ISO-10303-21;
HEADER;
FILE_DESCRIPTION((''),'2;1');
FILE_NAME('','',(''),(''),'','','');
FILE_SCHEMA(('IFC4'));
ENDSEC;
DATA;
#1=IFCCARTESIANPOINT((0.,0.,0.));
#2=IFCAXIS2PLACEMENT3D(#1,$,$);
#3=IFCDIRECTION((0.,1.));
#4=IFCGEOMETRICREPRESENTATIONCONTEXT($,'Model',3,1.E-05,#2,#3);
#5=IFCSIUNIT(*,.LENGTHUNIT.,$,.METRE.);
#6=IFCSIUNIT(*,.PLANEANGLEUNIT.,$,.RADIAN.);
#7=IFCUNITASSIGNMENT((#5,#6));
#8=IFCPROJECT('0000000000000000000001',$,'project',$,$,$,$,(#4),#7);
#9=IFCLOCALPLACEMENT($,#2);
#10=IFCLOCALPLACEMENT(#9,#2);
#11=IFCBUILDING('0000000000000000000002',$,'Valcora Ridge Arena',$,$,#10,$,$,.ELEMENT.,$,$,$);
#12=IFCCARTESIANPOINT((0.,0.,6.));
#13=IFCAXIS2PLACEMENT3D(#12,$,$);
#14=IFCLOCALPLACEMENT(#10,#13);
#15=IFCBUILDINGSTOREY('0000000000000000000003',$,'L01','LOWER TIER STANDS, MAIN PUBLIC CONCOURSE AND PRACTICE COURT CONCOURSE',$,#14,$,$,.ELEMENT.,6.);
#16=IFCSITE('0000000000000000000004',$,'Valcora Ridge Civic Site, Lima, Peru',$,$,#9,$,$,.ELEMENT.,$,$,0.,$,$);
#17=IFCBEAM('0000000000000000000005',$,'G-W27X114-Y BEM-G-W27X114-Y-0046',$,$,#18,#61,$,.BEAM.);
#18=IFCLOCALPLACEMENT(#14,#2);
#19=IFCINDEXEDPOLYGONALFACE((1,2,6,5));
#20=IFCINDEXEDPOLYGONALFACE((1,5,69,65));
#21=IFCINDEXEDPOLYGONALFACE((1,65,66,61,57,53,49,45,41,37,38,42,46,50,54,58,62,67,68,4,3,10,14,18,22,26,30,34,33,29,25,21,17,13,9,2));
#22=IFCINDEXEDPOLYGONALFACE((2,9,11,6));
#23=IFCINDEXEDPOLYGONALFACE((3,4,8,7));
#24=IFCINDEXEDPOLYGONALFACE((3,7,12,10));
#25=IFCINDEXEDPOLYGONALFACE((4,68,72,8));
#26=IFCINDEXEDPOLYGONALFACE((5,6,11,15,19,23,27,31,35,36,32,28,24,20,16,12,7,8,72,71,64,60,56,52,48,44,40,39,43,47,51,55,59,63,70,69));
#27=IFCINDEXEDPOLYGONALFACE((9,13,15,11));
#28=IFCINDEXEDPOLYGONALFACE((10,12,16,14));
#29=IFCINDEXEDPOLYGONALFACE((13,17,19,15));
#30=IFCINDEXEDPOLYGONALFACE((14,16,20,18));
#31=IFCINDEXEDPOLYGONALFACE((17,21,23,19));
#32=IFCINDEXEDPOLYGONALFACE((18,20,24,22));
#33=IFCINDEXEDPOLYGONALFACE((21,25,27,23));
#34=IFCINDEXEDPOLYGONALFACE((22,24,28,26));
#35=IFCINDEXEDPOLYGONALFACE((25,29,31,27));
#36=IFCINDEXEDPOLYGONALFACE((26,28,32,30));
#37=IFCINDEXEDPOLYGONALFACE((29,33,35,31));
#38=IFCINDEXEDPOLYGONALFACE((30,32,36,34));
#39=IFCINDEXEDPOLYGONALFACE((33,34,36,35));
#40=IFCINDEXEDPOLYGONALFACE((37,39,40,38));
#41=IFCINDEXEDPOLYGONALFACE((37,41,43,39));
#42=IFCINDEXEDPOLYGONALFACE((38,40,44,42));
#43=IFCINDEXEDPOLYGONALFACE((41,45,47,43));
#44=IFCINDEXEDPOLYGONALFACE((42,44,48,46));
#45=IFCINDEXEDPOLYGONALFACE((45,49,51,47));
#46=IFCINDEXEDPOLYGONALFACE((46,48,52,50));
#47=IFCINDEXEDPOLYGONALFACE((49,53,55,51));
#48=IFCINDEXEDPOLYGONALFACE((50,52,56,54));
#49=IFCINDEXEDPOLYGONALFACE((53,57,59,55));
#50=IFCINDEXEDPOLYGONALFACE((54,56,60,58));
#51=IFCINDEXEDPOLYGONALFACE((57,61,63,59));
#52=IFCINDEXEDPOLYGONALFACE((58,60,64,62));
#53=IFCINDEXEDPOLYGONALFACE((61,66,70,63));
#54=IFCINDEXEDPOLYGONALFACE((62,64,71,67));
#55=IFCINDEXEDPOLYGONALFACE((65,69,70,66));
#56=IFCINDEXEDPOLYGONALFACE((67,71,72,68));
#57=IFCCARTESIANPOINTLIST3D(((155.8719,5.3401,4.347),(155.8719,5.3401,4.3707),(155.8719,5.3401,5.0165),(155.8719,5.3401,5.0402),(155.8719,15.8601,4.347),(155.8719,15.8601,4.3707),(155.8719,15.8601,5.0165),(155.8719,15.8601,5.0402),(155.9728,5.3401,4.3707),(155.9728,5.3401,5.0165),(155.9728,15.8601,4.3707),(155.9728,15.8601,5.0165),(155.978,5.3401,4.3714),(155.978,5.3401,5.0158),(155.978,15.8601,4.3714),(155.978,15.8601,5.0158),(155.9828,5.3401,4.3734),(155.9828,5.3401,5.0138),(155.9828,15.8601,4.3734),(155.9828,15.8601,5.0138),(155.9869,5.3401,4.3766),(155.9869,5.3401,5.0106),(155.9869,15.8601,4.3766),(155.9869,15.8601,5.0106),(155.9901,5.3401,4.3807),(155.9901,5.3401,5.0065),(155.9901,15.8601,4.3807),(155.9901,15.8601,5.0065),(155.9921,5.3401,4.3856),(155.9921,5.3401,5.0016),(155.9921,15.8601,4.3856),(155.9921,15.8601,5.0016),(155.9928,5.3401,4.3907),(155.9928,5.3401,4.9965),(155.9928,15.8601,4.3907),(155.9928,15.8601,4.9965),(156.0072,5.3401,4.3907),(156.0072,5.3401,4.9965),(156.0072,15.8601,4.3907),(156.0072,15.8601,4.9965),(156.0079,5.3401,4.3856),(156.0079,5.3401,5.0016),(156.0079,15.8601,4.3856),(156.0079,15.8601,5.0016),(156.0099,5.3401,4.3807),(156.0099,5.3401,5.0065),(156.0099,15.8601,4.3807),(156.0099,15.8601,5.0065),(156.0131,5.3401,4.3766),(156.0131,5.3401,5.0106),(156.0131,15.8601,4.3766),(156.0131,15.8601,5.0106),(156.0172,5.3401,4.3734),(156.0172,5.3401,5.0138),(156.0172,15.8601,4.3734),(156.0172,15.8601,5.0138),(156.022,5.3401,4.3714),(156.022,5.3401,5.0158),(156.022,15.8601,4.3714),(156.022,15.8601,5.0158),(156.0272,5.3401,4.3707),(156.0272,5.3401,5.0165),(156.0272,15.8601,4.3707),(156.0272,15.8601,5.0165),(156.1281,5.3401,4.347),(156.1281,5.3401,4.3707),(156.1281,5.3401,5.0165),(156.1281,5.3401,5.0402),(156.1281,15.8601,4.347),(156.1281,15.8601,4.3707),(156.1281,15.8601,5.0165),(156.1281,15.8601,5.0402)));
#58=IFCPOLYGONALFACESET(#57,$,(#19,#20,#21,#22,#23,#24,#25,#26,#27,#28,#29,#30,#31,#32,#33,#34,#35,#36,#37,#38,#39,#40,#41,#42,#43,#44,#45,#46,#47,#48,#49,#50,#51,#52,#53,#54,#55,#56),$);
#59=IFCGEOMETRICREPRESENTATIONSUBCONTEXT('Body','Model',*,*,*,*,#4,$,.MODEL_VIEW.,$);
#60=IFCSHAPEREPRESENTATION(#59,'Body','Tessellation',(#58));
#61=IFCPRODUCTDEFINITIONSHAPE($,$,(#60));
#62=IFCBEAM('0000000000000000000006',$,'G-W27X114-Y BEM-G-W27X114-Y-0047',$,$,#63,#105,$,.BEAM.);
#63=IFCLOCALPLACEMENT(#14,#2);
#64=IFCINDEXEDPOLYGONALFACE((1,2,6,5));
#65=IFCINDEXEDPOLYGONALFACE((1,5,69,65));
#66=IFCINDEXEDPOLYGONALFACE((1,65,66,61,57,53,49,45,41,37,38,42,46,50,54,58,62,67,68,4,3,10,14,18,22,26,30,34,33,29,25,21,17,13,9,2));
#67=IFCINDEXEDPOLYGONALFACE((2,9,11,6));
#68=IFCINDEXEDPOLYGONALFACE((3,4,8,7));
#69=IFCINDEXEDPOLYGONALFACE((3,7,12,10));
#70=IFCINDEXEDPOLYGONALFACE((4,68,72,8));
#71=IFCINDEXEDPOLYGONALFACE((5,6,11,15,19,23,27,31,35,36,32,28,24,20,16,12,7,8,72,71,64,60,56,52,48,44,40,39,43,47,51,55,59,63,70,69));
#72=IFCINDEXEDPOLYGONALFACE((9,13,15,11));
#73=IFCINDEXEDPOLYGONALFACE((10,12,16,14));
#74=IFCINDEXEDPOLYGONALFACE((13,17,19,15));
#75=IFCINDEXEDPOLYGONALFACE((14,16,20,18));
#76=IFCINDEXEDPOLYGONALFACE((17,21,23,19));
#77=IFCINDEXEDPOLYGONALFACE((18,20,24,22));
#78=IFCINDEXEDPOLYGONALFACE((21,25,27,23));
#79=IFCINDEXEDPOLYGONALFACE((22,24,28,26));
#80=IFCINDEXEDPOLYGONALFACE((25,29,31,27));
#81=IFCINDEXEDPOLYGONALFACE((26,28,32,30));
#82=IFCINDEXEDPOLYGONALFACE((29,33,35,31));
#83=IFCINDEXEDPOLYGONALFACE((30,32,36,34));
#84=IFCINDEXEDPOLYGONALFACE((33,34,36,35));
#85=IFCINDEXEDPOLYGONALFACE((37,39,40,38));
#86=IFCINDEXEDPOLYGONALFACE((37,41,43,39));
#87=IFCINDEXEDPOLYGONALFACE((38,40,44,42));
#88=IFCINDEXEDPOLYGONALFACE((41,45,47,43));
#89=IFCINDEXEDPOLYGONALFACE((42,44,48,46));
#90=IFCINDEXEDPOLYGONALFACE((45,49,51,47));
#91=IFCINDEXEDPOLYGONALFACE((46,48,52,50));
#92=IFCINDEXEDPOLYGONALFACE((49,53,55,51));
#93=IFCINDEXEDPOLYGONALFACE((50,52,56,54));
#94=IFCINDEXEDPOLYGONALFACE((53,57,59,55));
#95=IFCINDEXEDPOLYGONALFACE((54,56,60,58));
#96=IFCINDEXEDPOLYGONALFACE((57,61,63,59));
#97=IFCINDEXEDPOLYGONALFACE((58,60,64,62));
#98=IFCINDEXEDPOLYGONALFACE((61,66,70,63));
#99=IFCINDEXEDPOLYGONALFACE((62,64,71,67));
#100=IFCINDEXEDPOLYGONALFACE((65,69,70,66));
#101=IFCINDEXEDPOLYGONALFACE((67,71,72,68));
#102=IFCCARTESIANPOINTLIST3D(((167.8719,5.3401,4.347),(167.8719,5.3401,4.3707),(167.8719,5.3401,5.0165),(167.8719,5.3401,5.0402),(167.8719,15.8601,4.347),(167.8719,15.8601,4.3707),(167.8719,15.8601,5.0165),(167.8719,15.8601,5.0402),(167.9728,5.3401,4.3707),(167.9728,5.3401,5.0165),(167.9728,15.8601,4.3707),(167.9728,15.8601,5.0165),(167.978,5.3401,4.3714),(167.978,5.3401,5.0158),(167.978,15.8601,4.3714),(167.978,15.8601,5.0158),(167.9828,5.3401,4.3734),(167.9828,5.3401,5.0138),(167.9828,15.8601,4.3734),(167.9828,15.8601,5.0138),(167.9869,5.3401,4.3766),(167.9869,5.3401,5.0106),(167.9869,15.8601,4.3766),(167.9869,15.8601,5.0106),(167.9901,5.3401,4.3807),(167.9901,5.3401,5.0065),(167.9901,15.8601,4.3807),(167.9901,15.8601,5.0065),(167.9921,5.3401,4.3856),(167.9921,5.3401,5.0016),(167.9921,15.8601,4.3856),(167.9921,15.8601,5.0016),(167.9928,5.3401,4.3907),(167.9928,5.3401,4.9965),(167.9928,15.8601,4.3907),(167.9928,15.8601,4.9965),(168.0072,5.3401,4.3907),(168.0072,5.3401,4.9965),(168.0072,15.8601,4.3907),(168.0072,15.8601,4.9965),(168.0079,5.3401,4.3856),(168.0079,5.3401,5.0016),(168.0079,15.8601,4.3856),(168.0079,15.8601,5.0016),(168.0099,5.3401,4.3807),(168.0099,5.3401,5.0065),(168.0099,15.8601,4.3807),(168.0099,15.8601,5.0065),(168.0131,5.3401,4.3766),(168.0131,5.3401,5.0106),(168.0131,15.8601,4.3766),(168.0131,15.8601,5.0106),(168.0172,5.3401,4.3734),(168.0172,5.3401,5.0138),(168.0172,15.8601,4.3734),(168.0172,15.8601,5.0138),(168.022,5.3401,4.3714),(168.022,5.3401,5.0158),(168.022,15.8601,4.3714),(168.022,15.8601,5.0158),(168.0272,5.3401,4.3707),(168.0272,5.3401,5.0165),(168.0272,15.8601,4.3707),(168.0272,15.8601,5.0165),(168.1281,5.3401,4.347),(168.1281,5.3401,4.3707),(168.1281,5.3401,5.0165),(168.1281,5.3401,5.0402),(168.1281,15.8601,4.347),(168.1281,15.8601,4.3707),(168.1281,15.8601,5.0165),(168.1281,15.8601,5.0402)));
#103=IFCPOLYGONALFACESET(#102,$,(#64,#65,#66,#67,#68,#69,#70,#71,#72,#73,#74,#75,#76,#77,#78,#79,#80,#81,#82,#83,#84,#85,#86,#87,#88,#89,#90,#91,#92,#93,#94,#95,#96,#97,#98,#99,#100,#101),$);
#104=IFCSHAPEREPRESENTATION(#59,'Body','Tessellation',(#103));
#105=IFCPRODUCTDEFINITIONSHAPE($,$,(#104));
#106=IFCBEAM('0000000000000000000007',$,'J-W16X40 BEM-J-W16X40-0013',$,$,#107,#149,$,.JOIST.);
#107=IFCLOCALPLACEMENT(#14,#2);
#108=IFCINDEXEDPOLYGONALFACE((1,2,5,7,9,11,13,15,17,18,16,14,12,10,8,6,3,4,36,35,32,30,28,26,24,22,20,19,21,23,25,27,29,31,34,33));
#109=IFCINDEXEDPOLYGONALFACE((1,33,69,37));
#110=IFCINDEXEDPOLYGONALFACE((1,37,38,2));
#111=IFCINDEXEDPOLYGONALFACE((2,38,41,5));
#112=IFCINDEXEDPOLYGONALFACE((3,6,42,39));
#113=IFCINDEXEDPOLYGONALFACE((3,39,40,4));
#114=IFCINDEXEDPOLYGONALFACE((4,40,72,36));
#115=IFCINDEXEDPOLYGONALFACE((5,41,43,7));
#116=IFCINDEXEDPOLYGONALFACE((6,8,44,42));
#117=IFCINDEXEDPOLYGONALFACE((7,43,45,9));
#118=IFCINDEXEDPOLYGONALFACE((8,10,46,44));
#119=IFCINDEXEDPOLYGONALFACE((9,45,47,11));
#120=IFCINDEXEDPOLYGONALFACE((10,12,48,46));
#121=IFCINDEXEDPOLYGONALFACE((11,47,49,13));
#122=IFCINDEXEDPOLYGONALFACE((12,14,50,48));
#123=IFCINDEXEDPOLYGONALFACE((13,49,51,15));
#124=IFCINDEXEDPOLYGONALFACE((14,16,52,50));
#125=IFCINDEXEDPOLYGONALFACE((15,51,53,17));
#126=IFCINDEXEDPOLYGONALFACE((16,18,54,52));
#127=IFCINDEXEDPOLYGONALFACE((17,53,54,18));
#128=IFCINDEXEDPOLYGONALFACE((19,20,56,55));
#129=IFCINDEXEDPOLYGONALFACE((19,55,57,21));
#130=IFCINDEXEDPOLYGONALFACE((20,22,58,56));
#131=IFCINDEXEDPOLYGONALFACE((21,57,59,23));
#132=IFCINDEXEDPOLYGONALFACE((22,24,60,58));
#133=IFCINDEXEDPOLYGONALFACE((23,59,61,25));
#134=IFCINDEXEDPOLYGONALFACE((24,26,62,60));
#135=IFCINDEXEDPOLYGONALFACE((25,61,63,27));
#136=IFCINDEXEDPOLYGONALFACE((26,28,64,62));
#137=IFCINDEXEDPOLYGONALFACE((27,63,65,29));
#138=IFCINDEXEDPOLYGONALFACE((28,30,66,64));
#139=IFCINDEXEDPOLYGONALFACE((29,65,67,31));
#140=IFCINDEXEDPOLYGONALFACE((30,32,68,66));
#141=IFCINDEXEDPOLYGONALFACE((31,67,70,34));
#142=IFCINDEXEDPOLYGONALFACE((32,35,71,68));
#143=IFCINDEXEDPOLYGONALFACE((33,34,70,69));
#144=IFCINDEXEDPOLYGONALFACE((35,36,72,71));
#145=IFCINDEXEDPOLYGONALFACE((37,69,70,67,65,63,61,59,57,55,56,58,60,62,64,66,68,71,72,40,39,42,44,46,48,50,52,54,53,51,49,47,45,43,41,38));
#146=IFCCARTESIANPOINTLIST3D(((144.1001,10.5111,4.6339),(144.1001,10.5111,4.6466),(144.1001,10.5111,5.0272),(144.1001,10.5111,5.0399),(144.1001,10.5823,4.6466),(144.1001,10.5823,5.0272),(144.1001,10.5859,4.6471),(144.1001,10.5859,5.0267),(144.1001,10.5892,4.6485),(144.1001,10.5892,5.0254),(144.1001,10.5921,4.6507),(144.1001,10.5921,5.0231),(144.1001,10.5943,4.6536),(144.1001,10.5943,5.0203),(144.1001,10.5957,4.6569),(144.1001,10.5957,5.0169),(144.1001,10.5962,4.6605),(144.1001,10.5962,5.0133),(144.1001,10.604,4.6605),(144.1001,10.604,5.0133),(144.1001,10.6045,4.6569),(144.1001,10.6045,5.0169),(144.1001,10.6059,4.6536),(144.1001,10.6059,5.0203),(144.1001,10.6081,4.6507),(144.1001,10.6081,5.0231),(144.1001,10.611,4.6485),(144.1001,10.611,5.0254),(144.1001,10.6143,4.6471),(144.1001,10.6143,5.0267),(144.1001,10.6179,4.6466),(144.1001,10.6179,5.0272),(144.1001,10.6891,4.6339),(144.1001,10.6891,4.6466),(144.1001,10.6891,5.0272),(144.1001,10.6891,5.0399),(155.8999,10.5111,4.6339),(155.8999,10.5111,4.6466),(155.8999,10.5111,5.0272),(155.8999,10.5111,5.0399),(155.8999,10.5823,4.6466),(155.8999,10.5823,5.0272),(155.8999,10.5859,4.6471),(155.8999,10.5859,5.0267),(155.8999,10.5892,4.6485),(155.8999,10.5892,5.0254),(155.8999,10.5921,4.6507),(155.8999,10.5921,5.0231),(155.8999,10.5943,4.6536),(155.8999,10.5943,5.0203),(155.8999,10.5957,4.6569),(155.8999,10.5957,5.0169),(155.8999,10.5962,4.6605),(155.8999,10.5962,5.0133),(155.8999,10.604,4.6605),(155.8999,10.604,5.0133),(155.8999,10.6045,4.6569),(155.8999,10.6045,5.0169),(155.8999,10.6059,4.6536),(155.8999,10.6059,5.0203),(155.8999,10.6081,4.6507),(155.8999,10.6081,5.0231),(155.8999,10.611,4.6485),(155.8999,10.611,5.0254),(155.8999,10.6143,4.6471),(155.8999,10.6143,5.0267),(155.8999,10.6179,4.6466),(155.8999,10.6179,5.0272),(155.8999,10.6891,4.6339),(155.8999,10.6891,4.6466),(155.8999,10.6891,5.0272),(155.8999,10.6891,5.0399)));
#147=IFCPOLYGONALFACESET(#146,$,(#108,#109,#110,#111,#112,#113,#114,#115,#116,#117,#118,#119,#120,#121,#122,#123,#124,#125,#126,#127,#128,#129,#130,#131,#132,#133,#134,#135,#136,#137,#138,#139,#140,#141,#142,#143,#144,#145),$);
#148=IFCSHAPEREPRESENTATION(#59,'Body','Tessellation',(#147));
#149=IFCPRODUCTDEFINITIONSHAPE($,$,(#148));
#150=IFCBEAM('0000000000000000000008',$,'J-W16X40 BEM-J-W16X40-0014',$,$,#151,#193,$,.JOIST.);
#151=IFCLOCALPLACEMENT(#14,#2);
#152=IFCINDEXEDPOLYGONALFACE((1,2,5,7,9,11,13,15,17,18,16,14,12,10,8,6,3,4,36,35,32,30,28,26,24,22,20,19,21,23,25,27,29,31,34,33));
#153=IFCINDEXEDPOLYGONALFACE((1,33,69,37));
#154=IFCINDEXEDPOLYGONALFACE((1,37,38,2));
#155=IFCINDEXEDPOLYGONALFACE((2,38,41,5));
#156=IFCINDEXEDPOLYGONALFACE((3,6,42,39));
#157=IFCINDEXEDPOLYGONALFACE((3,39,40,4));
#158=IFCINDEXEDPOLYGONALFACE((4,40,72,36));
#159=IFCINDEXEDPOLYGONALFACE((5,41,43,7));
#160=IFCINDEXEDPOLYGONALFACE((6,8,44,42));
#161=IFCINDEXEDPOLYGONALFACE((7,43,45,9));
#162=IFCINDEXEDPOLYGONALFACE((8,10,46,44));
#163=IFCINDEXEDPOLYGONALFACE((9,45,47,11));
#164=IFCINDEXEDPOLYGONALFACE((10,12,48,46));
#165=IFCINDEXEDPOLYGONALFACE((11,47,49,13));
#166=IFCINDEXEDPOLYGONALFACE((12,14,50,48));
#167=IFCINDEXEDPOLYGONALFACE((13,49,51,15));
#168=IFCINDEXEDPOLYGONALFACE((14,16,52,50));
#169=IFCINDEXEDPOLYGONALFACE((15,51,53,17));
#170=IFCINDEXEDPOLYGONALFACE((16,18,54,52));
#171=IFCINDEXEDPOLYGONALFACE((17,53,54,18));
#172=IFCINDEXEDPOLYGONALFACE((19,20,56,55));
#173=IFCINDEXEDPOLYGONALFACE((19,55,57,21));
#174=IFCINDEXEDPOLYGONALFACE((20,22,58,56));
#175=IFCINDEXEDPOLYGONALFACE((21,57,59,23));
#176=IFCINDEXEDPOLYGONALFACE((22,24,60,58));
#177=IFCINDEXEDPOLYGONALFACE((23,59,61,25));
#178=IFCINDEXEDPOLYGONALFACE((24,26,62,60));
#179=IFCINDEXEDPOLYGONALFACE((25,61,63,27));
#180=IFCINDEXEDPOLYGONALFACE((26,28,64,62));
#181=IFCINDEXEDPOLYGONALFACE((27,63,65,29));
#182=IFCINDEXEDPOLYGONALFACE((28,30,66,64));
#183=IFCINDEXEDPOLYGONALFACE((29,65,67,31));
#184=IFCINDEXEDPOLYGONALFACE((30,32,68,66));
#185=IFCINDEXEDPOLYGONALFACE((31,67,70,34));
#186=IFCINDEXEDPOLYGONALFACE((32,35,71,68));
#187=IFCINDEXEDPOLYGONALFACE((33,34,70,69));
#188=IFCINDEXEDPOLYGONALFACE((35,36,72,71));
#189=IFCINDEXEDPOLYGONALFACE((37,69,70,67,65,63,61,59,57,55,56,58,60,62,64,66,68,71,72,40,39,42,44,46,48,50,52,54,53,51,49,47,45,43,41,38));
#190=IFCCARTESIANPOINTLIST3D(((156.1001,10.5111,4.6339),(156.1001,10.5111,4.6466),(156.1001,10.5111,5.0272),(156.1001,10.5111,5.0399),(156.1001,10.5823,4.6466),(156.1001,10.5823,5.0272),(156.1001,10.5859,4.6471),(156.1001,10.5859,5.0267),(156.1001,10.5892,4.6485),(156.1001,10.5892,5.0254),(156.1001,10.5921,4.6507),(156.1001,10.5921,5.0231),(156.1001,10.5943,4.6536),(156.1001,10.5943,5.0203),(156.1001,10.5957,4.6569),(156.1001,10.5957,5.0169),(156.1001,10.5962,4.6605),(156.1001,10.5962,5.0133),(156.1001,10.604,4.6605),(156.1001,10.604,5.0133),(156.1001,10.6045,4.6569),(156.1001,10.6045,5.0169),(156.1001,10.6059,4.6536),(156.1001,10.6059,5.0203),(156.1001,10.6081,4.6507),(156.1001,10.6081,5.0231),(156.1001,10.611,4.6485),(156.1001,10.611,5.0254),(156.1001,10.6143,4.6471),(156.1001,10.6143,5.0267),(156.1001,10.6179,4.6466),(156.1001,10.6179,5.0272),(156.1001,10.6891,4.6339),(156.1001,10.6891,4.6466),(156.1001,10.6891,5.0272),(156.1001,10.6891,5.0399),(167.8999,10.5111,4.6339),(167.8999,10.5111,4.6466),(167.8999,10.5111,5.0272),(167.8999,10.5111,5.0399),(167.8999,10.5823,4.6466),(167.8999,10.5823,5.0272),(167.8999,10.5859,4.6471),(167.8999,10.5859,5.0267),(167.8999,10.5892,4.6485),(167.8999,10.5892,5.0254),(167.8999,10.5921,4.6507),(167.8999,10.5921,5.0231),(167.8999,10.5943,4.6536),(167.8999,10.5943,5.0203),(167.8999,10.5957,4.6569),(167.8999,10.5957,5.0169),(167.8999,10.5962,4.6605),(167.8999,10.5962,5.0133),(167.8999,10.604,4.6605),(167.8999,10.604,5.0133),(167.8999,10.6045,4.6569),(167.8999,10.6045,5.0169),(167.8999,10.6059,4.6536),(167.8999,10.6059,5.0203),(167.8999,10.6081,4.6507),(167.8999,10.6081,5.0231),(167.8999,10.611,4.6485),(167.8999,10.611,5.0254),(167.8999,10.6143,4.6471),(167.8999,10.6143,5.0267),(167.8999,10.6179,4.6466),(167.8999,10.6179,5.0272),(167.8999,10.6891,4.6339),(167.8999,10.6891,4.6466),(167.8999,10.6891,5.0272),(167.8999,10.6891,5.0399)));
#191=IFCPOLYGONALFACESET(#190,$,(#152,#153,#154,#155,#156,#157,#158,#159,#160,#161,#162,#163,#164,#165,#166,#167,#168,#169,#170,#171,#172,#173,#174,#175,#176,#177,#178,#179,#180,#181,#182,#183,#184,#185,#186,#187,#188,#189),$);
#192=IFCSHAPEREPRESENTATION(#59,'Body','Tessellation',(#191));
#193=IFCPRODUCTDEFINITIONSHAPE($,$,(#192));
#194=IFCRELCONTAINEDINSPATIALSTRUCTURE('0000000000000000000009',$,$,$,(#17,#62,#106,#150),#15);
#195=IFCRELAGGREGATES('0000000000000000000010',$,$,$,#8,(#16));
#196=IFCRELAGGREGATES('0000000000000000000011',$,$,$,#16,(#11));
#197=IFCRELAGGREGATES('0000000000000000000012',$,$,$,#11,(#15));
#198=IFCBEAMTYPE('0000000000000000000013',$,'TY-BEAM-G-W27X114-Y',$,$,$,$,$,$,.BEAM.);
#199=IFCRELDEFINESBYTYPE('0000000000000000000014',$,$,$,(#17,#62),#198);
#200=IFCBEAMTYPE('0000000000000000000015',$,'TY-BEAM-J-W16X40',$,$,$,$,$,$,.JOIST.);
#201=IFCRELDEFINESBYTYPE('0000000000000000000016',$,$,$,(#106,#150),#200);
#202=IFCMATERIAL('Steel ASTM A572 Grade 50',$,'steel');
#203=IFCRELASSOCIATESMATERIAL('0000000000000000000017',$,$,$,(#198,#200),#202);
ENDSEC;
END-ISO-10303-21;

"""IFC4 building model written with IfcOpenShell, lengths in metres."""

from ifc_helpers import new_model, si_unit, direction, frame, origin, origin_2d, place, context, subcontext, project, spatial, i_section, extrude, material, material_profile, profile_set, type_object, element, save


model = new_model("IFC4")

# Units and contexts
model_context = context("Model", 3, precision=1e-05, world=origin(), true_north=direction((0.0, 1.0)))
body_context = subcontext(model_context, "Body", "Model", "MODEL_VIEW")
ifc_project = project(units=[si_unit("LENGTHUNIT", "METRE"), si_unit("PLANEANGLEUNIT", "RADIAN")], contexts=[model_context])

# Site, building, storey
site_placement = place(None, origin())
site = spatial("IfcSite", under=ifc_project, at=site_placement, Name="Valcora Ridge Civic Site, Lima, Peru", CompositionType="ELEMENT", RefElevation=0.0)
building_placement = place(site_placement, origin())
building = spatial("IfcBuilding", under=site, at=building_placement, Name="Valcora Ridge Arena", CompositionType="ELEMENT")
storey_placement = place(building_placement, frame((0.0, 0.0, 6.0)))
storey = spatial("IfcBuildingStorey", under=building, at=storey_placement, Name="L01", Description="LOWER TIER STANDS, MAIN PUBLIC CONCOURSE AND PRACTICE COURT CONCOURSE", CompositionType="ELEMENT", Elevation=6.0)

# Shared definitions
ifc_material_1 = material(Name="Steel ASTM A572 Grade 50", Category="steel")

# Beams
ifc_material_profile_1 = material_profile(ifc_material_1, i_section(OverallWidth=0.2561, OverallDepth=0.6931, WebThickness=0.0144, FlangeThickness=0.0237, FilletRadius=0.02, at=origin_2d()), Name="W27X114")
ifc_profile_set_1 = profile_set([ifc_material_profile_1], Name="Steel ASTM A572 Grade 50")
beam_type_1 = type_object("IfcBeamType", Name="TY-BEAM-G-W27X114-Y", PredefinedType="BEAM", material=ifc_profile_set_1)
for number, where, z_axis, x_axis, name in (
    (1, (156.0, 5.3401, 4.6936), (0.0, 1.0, 0.0), (-1.0, 0.0, 0.0), "G-W27X114-Y BEM-G-W27X114-Y-0046"),
    (2, (168.0, 5.3401, 4.6936), (0.0, 1.0, 0.0), (-1.0, 0.0, 0.0), "G-W27X114-Y BEM-G-W27X114-Y-0047"),
):
    element("IfcBeam", number, at=place(storey_placement, frame(where, z_axis=z_axis, x_axis=x_axis)), inside=storey, type_object=beam_type_1, Name=name, PredefinedType="BEAM", context=body_context, shape_type="SweptSolid", body=[
        extrude(i_section(OverallWidth=0.2561, OverallDepth=0.6931, WebThickness=0.0144, FlangeThickness=0.0237, FilletRadius=0.02, at=origin_2d()), origin(), (0.0, 0.0, 1.0), 10.52),
    ])
ifc_material_profile_2 = material_profile(ifc_material_1, i_section(OverallWidth=0.178, OverallDepth=0.406, WebThickness=0.0078, FlangeThickness=0.0127, FilletRadius=0.0139, at=origin_2d()), Name="W16X40")
ifc_profile_set_2 = profile_set([ifc_material_profile_2], Name="Steel ASTM A572 Grade 50")
beam_type_2 = type_object("IfcBeamType", Name="TY-BEAM-J-W16X40", PredefinedType="JOIST", material=ifc_profile_set_2)
for number, where, z_axis, x_axis, name in (
    (3, (144.1001, 10.6001, 4.8369), (1.0, 0.0, 0.0), (0.0, 1.0, 0.0), "J-W16X40 BEM-J-W16X40-0013"),
    (4, (156.1001, 10.6001, 4.8369), (1.0, 0.0, 0.0), (0.0, 1.0, 0.0), "J-W16X40 BEM-J-W16X40-0014"),
):
    element("IfcBeam", number, at=place(storey_placement, frame(where, z_axis=z_axis, x_axis=x_axis)), inside=storey, type_object=beam_type_2, Name=name, PredefinedType="JOIST", context=body_context, shape_type="SweptSolid", body=[
        extrude(i_section(OverallWidth=0.178, OverallDepth=0.406, WebThickness=0.0078, FlangeThickness=0.0127, FilletRadius=0.0139, at=origin_2d()), origin(), (0.0, 0.0, 1.0), 11.7998),
    ])

save(model, "model.ifc")
